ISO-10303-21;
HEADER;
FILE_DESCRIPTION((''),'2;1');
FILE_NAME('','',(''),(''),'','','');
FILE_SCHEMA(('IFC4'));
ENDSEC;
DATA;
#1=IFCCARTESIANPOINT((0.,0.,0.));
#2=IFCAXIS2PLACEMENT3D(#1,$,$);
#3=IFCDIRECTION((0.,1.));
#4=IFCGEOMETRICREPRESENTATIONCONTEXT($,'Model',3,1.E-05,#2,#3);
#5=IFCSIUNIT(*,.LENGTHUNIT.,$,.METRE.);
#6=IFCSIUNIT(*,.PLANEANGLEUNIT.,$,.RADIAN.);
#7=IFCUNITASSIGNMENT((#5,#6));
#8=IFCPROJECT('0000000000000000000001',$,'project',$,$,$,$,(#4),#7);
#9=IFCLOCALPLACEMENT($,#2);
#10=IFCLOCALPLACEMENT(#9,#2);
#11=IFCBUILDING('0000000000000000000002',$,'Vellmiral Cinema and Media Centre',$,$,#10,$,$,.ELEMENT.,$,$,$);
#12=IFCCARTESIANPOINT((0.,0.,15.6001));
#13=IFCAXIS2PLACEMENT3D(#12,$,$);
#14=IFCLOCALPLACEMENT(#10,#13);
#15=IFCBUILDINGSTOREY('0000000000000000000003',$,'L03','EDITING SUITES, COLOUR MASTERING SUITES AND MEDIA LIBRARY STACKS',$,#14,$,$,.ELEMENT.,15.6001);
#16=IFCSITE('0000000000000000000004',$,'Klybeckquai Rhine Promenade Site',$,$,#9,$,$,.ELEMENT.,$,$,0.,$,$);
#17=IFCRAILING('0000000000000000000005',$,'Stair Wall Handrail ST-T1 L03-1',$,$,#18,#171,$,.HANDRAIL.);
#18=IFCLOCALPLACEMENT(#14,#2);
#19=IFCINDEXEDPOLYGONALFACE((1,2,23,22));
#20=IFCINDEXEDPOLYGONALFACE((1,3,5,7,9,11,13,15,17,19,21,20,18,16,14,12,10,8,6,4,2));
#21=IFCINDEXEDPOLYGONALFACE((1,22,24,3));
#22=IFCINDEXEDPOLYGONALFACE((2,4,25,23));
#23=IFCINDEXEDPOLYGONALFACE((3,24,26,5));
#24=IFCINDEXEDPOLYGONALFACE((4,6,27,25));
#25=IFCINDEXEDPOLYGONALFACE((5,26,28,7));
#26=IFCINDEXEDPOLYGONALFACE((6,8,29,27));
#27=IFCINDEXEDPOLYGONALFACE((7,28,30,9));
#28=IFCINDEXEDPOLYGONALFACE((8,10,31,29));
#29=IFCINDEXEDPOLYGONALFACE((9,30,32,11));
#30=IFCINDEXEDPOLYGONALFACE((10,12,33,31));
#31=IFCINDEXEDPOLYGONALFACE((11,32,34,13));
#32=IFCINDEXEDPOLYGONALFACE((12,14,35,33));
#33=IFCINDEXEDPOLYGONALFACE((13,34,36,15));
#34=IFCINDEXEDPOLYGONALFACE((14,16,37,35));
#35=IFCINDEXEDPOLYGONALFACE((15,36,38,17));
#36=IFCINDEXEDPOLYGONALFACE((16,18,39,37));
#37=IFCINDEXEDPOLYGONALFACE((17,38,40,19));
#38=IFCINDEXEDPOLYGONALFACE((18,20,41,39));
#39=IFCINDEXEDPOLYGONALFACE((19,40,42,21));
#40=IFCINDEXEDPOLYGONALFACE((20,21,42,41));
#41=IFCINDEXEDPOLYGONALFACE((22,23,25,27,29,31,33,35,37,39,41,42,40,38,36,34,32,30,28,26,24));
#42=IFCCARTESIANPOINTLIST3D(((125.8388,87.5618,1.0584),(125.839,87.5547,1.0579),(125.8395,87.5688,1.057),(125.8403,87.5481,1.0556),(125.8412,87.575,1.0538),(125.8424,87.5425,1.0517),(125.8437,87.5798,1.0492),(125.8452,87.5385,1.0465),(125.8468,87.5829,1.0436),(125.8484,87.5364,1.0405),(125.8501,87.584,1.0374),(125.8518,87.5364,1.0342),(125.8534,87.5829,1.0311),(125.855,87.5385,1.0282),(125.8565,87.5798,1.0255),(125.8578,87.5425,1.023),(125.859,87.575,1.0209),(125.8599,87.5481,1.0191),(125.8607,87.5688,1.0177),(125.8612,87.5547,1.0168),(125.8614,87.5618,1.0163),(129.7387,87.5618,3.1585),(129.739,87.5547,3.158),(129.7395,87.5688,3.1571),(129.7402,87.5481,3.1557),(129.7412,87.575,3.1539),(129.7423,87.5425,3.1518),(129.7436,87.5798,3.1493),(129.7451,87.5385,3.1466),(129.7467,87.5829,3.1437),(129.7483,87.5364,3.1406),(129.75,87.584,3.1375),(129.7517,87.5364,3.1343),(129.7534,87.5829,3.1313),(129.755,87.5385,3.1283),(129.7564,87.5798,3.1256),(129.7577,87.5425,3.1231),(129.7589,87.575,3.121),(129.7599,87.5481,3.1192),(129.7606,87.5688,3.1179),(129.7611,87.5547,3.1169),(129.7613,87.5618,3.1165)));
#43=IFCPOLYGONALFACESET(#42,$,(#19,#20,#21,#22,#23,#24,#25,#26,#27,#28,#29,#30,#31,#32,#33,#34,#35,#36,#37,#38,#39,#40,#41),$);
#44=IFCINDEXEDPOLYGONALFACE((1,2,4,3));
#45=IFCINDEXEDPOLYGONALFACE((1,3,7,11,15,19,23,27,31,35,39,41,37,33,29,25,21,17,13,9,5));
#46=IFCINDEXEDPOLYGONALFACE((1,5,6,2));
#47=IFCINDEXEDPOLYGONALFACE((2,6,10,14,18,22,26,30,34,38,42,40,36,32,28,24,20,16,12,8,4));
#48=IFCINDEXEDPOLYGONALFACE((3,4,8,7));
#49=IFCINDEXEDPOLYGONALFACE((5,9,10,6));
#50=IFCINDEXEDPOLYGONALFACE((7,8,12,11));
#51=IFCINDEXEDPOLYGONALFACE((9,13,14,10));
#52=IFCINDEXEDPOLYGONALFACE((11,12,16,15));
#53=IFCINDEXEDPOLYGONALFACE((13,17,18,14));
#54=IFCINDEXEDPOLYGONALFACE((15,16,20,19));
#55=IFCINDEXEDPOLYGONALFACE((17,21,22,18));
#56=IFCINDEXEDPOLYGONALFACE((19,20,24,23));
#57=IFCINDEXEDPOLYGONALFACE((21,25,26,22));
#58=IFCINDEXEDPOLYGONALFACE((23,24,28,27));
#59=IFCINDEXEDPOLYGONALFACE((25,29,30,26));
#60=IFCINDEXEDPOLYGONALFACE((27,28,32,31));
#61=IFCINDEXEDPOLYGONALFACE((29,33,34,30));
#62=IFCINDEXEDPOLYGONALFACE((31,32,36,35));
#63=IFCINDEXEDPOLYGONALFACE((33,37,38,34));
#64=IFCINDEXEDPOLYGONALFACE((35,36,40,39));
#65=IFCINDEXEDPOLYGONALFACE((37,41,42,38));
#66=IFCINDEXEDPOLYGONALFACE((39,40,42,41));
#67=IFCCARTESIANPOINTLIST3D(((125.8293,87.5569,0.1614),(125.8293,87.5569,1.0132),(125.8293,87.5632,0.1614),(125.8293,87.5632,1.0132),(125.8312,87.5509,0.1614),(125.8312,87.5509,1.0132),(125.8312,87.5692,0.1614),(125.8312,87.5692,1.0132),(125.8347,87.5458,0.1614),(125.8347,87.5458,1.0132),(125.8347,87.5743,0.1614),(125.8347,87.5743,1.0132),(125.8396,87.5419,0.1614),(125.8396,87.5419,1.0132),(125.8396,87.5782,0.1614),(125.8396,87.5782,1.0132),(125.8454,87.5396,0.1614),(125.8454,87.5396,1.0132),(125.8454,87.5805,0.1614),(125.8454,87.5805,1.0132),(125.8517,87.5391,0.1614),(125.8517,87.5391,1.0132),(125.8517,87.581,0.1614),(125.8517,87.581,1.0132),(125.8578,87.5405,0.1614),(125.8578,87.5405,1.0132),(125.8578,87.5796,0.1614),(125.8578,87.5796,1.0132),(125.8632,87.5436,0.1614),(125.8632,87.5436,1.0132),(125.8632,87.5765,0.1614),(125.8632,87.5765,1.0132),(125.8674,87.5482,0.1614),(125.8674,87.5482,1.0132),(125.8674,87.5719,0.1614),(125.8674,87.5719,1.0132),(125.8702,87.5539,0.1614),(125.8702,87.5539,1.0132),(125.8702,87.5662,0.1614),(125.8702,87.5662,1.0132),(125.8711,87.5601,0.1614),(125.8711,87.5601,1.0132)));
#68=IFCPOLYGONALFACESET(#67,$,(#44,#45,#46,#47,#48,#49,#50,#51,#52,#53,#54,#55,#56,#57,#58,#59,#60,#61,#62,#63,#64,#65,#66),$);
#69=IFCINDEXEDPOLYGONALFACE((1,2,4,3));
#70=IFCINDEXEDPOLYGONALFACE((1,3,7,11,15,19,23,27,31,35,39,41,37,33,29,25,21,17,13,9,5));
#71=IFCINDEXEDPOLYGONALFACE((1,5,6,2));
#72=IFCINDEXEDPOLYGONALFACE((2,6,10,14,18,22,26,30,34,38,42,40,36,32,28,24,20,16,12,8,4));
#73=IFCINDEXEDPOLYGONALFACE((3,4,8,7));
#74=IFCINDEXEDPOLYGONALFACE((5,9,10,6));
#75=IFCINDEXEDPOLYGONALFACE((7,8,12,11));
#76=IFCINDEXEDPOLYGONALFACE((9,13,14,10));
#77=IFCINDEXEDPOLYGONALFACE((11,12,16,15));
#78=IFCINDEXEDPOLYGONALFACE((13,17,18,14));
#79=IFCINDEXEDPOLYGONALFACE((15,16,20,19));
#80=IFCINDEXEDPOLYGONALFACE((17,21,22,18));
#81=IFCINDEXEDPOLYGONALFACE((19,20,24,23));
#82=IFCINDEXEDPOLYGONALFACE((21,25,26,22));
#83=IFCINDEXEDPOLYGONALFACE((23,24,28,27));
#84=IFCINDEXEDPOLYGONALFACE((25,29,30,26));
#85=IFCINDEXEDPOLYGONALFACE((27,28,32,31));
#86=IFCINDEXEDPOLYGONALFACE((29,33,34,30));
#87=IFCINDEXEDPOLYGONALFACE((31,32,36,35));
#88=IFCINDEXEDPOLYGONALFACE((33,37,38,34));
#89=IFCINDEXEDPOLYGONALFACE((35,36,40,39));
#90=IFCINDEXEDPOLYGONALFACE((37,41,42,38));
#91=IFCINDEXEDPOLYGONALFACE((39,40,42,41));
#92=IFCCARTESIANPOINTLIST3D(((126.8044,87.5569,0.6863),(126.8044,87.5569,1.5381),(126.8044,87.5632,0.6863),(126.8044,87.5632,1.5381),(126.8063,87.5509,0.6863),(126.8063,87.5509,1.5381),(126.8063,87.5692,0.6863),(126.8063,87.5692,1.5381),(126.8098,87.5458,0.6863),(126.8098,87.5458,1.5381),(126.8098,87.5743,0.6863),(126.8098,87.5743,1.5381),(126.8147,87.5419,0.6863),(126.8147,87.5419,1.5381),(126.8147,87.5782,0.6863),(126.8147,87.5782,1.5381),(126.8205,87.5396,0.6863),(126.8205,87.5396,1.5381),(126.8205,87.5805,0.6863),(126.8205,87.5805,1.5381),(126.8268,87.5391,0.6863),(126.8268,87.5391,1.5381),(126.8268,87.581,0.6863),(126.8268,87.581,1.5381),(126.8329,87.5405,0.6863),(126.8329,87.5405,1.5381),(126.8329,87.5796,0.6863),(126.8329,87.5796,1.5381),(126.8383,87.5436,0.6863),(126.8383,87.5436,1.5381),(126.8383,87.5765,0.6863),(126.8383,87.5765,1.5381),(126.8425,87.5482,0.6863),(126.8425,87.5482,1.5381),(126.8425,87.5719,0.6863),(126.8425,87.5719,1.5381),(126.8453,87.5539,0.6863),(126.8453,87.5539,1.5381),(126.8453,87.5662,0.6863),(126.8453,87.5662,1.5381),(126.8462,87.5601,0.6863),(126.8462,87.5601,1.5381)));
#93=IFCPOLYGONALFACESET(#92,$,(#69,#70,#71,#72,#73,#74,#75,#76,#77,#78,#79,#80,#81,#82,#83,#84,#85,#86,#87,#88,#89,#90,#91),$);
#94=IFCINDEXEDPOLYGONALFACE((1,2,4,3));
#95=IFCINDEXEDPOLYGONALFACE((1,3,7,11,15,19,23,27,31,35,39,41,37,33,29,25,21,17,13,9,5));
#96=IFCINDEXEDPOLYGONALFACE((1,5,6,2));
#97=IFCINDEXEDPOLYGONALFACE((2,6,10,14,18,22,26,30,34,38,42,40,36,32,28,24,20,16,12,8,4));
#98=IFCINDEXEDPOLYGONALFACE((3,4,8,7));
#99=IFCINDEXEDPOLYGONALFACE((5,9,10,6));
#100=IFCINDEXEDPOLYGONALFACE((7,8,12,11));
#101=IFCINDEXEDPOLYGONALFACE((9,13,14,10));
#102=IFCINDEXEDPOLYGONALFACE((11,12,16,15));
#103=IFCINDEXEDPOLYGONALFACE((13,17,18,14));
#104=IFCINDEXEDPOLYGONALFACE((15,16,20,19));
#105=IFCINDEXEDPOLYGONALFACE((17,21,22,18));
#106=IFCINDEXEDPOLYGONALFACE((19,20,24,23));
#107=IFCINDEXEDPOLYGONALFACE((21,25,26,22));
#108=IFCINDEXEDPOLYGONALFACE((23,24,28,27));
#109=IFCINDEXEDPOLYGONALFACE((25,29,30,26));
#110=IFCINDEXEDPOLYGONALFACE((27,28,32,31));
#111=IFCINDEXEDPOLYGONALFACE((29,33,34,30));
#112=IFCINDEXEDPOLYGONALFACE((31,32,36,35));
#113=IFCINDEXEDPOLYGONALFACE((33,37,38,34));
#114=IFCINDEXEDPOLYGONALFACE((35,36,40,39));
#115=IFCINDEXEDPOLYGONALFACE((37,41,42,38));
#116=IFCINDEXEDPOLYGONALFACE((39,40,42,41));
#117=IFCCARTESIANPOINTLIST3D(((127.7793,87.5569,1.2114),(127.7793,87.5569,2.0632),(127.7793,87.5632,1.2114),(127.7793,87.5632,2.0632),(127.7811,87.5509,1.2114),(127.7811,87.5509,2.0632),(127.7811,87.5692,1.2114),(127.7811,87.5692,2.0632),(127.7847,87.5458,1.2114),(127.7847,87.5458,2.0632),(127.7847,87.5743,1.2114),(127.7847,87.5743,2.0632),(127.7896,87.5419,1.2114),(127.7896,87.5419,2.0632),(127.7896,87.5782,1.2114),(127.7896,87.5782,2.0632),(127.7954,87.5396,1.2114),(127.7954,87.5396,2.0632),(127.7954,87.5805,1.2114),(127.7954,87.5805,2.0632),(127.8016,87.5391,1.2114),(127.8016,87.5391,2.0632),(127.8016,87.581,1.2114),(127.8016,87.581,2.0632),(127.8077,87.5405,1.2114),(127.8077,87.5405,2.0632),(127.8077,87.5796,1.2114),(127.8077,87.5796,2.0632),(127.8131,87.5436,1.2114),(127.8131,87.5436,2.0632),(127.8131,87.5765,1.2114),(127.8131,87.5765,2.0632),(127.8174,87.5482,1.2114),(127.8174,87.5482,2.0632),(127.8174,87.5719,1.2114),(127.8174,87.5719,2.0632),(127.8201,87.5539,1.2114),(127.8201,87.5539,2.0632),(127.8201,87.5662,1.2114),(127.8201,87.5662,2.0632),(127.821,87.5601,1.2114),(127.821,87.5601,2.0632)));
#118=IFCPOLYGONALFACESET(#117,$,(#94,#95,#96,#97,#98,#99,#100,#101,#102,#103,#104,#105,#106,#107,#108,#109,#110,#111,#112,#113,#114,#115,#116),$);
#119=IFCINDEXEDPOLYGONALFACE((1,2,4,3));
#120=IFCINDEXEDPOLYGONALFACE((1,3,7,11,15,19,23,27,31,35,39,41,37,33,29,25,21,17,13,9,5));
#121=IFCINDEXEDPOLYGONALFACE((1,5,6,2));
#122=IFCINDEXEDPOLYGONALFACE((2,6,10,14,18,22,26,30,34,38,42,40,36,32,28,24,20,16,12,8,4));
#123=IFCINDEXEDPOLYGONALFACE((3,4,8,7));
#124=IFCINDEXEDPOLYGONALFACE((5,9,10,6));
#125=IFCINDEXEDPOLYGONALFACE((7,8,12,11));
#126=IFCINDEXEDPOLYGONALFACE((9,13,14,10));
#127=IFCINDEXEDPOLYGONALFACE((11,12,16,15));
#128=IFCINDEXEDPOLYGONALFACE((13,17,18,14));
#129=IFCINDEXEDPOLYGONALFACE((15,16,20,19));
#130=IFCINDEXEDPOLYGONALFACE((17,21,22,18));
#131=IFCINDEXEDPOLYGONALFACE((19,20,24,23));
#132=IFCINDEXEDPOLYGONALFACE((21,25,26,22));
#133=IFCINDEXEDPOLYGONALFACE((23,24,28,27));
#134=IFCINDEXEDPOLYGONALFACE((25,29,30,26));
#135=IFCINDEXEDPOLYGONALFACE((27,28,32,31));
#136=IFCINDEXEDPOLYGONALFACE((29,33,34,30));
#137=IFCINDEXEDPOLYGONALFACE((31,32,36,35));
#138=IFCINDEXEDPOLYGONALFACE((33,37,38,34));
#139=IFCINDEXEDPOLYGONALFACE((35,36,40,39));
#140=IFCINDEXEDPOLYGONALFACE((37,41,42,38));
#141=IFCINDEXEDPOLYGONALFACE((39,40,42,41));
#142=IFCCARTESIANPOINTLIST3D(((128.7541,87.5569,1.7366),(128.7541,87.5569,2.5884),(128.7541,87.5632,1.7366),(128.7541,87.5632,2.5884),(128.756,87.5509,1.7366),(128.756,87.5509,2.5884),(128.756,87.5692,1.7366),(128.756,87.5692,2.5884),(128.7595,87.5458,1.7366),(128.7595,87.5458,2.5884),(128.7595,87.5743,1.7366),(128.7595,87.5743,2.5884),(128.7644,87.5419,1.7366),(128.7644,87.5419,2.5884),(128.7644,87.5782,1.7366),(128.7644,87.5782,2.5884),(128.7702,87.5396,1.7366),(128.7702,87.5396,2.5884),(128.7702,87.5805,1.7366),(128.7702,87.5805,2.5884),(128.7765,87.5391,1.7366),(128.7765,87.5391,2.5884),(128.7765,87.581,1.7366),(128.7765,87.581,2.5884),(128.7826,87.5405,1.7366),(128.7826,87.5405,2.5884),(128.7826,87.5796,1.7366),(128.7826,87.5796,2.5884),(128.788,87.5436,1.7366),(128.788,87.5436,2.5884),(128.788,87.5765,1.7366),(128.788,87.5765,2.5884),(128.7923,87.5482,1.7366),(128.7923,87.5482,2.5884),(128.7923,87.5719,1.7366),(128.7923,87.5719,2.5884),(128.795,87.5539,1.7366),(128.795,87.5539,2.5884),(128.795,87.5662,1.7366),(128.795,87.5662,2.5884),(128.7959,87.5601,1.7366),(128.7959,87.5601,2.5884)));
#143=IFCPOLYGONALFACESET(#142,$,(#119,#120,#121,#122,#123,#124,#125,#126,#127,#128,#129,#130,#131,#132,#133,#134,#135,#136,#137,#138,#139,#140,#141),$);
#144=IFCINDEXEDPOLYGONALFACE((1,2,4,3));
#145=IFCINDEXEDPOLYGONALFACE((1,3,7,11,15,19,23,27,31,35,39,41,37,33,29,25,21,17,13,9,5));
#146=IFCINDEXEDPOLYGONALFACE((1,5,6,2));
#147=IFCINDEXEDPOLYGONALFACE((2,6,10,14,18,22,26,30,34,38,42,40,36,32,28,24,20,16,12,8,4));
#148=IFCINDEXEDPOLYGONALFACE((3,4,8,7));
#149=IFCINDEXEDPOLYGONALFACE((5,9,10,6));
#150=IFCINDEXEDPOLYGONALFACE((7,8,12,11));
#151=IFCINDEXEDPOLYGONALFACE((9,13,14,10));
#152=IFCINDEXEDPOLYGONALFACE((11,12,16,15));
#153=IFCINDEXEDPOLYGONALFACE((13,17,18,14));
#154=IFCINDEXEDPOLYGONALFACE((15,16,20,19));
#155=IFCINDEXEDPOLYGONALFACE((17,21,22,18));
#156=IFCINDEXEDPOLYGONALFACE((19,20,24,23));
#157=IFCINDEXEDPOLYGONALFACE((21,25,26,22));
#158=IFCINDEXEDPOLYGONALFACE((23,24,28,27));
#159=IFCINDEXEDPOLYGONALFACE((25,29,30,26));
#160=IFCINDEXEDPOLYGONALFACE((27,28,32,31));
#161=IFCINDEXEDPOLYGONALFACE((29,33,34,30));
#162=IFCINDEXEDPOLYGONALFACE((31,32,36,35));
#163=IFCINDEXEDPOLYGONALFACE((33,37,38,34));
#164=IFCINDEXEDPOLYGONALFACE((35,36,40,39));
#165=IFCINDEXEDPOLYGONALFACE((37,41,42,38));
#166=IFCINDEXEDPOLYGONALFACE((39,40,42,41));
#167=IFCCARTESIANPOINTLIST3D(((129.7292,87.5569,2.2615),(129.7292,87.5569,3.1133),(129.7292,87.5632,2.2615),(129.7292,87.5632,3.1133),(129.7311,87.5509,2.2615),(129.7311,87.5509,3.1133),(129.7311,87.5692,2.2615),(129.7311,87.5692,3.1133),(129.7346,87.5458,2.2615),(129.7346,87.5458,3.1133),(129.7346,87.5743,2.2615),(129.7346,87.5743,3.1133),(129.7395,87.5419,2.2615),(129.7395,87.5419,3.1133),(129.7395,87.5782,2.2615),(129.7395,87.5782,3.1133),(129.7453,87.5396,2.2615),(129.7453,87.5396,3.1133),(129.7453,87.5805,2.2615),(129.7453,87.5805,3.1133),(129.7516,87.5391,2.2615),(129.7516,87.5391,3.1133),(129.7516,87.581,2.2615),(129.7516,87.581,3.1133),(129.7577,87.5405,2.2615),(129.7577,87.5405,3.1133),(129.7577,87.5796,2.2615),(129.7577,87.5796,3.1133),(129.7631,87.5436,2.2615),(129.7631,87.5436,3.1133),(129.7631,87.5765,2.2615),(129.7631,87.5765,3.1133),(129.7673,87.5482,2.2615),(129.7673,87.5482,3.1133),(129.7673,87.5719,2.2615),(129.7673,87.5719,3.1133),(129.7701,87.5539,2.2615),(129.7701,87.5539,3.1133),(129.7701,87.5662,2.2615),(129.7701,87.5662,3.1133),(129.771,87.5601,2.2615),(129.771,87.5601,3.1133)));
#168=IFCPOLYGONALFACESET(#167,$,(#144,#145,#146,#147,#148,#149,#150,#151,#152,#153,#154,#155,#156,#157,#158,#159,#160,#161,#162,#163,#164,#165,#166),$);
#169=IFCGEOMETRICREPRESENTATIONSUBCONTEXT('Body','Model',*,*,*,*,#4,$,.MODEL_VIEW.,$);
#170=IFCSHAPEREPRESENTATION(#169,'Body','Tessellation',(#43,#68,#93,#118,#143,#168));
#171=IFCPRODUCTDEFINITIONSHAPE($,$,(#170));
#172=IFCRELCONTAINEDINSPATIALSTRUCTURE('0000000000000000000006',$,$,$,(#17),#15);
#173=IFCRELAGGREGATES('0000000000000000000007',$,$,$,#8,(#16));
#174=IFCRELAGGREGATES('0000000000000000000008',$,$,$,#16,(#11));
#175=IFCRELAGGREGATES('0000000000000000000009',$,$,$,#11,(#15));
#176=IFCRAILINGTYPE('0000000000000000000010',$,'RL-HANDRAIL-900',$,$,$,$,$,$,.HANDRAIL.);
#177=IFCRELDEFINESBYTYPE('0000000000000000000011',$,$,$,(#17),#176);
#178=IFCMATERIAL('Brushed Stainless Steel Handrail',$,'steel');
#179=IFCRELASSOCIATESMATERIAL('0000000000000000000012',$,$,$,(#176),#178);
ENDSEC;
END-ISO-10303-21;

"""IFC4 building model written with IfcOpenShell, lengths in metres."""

from ifc_helpers import new_model, si_unit, direction, frame, origin, origin_2d, place, context, subcontext, project, spatial, circle, extrude, material, type_object, element, save


model = new_model("IFC4")

# Units and contexts
model_context = context("Model", 3, precision=1e-05, world=origin(), true_north=direction((0.0, 1.0)))
body_context = subcontext(model_context, "Body", "Model", "MODEL_VIEW")
ifc_project = project(units=[si_unit("LENGTHUNIT", "METRE"), si_unit("PLANEANGLEUNIT", "RADIAN")], contexts=[model_context])

# Site, building, storey
site_placement = place(None, origin())
site = spatial("IfcSite", under=ifc_project, at=site_placement, Name="Klybeckquai Rhine Promenade Site", CompositionType="ELEMENT", RefElevation=0.0)
building_placement = place(site_placement, origin())
building = spatial("IfcBuilding", under=site, at=building_placement, Name="Vellmiral Cinema and Media Centre", CompositionType="ELEMENT")
storey_placement = place(building_placement, frame((0.0, 0.0, 15.6001)))
storey = spatial("IfcBuildingStorey", under=building, at=storey_placement, Name="L03", Description="EDITING SUITES, COLOUR MASTERING SUITES AND MEDIA LIBRARY STACKS", CompositionType="ELEMENT", Elevation=15.6001)

# Railing
ifc_material_1 = material(Name="Brushed Stainless Steel Handrail", Category="steel")
railing_type_1 = type_object("IfcRailingType", Name="RL-HANDRAIL-900", PredefinedType="HANDRAIL", material=ifc_material_1)
railing_1_placement = place(storey_placement, frame((125.8501, 87.5601, 0.1614)))
element("IfcRailing", 1, at=railing_1_placement, inside=storey, type_object=railing_type_1, Name="Stair Wall Handrail ST-T1 L03-1", PredefinedType="HANDRAIL", context=body_context, shape_type="SweptSolid", body=[
    extrude(circle(Radius=0.0239, at=origin_2d()), frame((0.0, 0.0, 0.876), z_axis=(0.880457, 0.0, 0.474126), x_axis=(0.0, 1.0, 0.0)), (0.0, 0.0, 1.0), 4.4294),
    extrude(circle(Radius=0.021, at=origin_2d()), origin(), (0.0, 0.0, 1.0), 0.8518),
    extrude(circle(Radius=0.021, at=origin_2d()), frame((0.9751, 0.0, 0.5249)), (0.0, 0.0, 1.0), 0.8518),
    extrude(circle(Radius=0.021, at=origin_2d()), frame((1.95, 0.0, 1.05)), (0.0, 0.0, 1.0), 0.8518),
    extrude(circle(Radius=0.021, at=origin_2d()), frame((2.9248, 0.0, 1.5752)), (0.0, 0.0, 1.0), 0.8518),
    extrude(circle(Radius=0.021, at=origin_2d()), frame((3.8999, 0.0, 2.1001)), (0.0, 0.0, 1.0), 0.8518),
])

save(model, "model.ifc")
